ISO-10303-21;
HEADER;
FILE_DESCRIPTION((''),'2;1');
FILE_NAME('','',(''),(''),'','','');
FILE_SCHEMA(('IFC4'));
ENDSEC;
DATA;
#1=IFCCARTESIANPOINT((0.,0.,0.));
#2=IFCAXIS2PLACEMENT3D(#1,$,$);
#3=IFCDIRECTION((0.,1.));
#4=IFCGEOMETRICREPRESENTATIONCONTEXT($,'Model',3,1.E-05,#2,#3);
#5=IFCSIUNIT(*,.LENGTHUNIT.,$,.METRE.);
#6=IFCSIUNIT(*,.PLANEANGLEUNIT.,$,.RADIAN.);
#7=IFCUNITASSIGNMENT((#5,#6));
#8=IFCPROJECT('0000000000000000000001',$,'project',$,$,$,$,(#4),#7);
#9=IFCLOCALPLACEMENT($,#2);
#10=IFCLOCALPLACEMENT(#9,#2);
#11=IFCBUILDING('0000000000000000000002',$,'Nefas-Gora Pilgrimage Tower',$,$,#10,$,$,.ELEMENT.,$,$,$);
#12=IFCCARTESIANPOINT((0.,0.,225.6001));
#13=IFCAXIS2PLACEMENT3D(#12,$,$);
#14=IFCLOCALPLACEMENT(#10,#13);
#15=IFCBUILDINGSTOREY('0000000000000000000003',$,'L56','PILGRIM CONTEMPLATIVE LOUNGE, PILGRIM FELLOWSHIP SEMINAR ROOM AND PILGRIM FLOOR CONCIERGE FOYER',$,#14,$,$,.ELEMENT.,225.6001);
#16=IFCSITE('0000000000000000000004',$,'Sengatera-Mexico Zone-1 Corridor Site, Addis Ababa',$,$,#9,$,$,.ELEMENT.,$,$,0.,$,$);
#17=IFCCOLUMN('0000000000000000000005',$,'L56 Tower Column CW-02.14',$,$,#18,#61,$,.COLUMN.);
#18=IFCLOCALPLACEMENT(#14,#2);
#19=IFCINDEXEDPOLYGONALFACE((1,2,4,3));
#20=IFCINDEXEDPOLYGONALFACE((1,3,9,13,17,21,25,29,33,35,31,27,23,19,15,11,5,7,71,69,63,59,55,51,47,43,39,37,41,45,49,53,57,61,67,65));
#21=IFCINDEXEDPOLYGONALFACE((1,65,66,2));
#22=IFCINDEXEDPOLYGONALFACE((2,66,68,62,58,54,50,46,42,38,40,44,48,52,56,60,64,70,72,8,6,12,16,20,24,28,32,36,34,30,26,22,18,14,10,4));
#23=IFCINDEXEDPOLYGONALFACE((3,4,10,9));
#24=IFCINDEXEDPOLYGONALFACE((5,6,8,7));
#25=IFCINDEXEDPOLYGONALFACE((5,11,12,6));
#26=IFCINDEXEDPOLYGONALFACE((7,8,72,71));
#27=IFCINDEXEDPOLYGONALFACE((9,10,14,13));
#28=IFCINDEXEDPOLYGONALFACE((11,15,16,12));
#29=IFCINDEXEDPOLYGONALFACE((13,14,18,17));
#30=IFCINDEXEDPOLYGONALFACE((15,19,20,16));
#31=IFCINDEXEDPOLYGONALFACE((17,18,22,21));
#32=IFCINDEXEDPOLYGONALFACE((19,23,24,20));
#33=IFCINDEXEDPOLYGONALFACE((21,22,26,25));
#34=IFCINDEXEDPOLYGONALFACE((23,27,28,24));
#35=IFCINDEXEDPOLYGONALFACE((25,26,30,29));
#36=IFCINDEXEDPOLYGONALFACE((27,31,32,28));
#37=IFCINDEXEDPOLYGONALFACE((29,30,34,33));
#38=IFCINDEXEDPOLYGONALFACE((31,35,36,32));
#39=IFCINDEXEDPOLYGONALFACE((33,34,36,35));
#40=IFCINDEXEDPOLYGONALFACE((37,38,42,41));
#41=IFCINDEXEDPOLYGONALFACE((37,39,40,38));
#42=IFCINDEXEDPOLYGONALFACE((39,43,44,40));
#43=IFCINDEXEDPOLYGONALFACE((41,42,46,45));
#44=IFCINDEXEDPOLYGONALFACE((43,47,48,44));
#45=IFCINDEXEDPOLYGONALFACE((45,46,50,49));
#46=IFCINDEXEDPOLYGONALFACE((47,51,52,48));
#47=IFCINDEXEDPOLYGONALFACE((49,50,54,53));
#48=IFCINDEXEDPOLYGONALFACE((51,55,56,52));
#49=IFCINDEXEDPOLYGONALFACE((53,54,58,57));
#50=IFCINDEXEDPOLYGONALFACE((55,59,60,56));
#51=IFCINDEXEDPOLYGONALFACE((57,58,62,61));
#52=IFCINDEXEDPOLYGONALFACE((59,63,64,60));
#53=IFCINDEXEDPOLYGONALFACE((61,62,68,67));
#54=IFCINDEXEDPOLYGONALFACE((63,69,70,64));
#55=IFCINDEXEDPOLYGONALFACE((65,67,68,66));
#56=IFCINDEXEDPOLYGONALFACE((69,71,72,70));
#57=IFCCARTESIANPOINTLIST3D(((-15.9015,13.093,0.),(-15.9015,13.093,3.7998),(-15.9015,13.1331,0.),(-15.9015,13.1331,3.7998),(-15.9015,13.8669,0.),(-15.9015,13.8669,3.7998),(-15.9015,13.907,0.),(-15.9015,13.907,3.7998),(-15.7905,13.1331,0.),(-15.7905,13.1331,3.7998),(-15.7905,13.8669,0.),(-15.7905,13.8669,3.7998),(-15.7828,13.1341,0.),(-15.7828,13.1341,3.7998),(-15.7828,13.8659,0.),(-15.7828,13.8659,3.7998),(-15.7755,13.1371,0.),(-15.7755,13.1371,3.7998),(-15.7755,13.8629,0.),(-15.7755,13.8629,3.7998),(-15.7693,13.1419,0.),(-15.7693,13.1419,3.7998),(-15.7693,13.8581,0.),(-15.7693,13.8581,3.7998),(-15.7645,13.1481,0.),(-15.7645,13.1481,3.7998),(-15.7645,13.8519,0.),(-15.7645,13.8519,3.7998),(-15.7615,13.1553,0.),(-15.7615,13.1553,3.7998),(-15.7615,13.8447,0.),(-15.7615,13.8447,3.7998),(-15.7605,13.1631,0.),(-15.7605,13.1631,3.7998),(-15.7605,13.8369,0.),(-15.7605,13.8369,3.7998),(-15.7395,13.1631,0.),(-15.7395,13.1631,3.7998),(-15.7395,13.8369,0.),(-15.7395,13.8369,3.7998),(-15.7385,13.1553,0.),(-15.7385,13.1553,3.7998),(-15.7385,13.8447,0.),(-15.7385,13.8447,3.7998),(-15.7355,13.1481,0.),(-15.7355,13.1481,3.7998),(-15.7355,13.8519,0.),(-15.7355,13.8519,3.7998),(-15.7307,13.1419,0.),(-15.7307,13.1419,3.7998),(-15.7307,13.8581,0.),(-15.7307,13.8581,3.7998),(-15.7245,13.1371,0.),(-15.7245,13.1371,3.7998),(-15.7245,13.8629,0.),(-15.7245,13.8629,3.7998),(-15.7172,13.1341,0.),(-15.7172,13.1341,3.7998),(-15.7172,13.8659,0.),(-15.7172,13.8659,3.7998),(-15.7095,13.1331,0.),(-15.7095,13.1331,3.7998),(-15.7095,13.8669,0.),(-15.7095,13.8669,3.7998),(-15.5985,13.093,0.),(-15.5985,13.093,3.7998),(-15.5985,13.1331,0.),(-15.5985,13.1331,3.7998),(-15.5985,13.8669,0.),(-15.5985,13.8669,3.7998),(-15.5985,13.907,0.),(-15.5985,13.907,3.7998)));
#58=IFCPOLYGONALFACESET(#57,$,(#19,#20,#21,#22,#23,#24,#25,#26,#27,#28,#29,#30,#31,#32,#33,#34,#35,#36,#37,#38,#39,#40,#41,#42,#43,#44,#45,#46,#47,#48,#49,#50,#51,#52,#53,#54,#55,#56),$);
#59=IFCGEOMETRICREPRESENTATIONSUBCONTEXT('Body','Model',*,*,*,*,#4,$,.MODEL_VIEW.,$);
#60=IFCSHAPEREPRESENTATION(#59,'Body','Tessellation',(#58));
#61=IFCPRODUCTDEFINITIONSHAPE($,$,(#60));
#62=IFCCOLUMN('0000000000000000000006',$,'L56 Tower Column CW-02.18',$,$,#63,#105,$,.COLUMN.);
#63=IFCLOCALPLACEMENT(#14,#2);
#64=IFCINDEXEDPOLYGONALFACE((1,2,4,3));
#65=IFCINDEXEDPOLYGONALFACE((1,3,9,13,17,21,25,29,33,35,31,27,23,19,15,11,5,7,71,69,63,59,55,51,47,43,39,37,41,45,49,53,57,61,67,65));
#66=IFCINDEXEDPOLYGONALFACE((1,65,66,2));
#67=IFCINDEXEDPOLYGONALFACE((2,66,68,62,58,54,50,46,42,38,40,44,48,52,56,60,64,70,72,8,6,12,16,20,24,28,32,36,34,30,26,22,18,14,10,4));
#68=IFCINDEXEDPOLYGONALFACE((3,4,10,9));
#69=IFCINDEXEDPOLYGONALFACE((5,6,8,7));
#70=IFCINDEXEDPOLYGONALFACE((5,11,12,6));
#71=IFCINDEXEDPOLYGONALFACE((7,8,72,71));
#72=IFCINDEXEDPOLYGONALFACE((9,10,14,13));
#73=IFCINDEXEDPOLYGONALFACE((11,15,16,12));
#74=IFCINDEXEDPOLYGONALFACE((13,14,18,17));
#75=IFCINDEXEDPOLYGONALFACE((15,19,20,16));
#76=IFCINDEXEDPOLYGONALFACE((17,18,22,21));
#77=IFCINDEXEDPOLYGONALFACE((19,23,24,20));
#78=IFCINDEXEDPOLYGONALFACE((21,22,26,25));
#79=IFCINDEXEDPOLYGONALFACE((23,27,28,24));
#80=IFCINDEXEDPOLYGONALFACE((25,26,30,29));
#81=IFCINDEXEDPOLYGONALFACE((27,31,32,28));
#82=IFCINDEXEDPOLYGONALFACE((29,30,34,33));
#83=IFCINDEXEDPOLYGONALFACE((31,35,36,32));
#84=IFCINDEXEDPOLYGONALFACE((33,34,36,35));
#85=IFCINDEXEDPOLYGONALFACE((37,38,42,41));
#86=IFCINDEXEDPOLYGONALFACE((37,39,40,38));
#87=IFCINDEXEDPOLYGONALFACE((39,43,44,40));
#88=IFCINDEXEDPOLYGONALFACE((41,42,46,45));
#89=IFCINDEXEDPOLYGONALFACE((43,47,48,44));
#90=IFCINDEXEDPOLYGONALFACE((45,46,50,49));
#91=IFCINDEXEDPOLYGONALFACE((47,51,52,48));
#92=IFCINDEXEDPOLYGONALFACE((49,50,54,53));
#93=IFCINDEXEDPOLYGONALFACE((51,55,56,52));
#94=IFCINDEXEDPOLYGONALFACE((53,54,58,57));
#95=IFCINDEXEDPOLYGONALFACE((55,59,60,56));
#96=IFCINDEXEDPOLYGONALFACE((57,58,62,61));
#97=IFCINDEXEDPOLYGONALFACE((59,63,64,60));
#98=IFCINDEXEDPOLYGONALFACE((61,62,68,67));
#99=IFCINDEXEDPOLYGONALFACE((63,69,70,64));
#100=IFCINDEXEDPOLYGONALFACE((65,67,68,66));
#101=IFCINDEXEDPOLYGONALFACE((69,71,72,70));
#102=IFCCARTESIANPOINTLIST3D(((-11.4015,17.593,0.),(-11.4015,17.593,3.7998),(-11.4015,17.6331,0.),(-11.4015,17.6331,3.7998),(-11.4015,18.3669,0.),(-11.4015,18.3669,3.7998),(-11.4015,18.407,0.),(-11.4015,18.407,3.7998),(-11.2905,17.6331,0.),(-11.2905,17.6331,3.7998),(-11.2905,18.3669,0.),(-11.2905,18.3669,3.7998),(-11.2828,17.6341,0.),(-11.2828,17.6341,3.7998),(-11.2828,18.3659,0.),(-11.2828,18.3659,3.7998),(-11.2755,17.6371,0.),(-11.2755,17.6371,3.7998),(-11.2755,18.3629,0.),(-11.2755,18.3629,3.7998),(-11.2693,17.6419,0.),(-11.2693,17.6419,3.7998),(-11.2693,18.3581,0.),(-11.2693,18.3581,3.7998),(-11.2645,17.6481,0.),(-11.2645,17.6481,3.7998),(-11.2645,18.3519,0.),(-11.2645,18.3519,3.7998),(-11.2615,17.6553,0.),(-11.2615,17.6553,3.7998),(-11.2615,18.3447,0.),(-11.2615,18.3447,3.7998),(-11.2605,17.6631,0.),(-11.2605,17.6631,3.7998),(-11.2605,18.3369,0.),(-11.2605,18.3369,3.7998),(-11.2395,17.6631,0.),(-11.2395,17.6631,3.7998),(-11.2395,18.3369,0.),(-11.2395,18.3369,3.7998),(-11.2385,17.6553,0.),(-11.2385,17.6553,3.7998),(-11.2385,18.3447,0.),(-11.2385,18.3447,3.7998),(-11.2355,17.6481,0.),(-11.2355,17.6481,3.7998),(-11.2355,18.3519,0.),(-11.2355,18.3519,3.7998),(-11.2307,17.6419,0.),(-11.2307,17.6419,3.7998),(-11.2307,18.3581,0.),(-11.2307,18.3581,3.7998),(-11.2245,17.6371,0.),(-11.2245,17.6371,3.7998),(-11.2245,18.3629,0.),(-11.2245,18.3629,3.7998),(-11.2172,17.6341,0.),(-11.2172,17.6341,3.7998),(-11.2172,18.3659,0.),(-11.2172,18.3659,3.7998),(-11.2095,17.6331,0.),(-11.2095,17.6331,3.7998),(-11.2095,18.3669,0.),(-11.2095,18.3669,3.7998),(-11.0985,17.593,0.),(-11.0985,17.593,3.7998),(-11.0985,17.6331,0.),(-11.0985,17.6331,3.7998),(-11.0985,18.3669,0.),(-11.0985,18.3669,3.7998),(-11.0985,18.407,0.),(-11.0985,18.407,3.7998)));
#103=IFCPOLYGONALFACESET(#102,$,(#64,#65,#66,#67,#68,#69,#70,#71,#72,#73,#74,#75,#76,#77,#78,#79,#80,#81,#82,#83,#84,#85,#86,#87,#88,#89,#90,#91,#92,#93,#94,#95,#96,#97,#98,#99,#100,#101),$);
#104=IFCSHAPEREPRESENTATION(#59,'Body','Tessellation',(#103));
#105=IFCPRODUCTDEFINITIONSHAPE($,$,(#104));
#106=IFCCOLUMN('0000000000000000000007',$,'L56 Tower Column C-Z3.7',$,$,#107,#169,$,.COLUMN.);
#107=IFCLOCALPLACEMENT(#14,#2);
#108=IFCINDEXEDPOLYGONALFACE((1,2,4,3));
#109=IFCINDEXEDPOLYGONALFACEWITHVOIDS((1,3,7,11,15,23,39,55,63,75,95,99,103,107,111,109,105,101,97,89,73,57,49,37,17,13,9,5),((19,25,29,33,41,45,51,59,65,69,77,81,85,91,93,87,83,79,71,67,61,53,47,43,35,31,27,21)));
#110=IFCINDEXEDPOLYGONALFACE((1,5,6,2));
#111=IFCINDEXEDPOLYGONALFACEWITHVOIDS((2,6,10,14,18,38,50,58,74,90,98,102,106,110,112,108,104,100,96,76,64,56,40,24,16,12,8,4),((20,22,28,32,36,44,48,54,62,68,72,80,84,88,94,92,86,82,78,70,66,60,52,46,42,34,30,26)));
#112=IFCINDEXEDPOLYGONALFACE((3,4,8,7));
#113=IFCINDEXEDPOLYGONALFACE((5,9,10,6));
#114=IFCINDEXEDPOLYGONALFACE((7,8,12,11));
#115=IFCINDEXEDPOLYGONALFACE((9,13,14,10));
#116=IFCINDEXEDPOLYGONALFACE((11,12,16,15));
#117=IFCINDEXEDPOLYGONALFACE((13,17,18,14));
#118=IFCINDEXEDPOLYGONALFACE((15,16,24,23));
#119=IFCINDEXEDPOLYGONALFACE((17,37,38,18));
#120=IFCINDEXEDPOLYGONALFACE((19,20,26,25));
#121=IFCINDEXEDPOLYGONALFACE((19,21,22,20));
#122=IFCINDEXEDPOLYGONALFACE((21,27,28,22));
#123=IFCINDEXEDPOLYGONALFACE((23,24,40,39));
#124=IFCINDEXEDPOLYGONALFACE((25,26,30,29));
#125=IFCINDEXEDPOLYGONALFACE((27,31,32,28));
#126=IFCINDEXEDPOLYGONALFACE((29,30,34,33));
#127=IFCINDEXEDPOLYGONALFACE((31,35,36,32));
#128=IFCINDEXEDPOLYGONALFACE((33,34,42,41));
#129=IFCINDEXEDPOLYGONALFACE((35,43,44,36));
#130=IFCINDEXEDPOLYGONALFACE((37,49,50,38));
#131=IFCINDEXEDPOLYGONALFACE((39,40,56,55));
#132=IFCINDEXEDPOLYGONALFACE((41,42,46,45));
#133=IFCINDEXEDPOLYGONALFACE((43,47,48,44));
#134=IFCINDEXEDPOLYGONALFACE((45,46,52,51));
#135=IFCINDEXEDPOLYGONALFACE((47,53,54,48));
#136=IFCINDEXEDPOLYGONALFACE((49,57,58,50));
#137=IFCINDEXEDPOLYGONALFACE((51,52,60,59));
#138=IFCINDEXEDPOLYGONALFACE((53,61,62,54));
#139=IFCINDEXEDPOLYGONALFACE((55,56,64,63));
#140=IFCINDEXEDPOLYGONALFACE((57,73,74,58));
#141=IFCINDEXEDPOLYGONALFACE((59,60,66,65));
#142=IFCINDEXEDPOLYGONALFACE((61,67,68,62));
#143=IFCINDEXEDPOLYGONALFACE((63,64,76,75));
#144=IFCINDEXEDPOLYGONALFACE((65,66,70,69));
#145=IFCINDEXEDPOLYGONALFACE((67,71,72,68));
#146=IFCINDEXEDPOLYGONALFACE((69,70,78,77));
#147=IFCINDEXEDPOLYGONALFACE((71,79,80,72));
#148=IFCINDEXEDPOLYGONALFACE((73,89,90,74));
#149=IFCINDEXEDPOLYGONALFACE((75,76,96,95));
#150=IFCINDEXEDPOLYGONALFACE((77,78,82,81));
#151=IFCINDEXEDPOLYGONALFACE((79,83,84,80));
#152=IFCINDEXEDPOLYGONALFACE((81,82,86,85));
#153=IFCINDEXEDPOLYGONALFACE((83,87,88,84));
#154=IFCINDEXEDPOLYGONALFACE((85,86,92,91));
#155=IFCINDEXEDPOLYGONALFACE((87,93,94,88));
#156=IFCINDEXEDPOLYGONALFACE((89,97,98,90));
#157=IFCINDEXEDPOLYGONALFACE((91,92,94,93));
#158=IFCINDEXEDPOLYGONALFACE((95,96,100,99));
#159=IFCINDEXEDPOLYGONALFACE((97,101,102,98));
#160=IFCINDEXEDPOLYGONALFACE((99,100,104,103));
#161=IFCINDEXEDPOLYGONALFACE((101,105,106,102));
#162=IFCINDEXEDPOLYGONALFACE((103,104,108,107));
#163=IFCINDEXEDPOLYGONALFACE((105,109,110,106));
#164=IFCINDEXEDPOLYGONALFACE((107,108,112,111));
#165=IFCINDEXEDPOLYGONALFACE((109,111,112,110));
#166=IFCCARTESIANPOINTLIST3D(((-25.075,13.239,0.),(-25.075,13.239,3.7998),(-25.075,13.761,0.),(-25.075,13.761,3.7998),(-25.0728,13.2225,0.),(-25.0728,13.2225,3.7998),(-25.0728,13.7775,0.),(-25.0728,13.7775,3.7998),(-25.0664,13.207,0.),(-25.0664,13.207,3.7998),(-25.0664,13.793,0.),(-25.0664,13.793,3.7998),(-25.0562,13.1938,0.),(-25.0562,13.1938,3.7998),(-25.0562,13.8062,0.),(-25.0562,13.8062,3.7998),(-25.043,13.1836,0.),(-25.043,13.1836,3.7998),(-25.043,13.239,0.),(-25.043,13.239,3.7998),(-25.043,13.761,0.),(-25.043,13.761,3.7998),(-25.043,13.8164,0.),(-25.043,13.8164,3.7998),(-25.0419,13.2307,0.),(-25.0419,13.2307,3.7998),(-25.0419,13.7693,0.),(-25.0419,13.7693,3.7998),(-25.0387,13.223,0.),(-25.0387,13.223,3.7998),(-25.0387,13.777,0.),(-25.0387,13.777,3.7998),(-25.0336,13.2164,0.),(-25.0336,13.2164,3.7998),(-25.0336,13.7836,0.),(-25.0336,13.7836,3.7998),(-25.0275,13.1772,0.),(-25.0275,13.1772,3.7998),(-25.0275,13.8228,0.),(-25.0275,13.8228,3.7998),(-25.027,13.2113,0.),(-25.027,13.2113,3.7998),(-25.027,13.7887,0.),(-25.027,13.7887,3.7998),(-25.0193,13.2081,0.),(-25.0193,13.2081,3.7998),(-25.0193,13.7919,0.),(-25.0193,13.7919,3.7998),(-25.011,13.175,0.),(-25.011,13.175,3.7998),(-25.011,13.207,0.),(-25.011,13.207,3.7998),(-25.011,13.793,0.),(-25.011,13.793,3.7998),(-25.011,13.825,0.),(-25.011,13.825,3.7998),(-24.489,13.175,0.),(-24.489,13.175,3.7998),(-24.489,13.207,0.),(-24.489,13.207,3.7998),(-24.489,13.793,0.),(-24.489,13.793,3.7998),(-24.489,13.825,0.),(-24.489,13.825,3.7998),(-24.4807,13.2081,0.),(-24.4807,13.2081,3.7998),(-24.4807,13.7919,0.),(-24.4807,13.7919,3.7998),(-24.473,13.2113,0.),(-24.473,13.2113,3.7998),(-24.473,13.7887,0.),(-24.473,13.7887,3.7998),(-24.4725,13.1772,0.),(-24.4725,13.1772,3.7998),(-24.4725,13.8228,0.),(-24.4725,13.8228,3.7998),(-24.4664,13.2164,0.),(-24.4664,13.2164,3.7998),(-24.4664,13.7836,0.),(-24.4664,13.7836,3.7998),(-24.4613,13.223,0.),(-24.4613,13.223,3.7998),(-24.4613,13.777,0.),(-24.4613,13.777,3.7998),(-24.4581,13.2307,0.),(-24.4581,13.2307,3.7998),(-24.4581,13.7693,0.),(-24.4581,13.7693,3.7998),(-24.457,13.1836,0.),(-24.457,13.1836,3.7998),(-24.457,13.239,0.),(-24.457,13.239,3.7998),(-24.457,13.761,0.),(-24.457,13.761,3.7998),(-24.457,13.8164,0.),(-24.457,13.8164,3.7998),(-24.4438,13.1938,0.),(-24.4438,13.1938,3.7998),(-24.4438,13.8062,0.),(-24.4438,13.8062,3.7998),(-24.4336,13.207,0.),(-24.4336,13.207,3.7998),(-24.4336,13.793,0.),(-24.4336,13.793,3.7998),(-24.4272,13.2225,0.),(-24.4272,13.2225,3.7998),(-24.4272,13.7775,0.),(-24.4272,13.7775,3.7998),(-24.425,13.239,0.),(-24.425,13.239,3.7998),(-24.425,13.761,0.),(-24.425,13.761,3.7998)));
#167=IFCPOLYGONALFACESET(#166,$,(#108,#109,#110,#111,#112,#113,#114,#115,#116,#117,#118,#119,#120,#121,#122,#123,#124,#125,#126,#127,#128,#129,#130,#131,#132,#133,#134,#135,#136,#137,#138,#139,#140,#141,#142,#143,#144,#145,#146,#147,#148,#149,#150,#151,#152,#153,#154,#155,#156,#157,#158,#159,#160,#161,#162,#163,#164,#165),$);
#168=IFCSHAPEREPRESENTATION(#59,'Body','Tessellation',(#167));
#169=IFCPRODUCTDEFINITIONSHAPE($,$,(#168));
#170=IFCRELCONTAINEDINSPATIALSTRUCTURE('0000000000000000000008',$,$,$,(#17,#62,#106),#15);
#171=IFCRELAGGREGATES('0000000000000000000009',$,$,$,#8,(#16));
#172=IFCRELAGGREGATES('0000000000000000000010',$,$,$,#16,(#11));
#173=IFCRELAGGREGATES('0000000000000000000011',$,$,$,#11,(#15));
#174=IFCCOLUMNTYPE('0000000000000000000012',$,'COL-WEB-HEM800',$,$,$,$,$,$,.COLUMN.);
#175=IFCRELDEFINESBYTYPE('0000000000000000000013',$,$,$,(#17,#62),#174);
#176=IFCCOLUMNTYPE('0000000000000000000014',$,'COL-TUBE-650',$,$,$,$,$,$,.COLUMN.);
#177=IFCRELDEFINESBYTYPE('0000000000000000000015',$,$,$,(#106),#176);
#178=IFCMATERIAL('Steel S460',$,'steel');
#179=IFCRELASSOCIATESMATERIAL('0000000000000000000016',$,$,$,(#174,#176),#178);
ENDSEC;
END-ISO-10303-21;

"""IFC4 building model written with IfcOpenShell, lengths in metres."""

from ifc_helpers import new_model, si_unit, direction, frame, origin, origin_2d, place, context, subcontext, project, spatial, hollow_rectangle, i_section, extrude, source, transform, mapped, material, material_profile, profile_set, type_object, element, save


model = new_model("IFC4")

# Units and contexts
model_context = context("Model", 3, precision=1e-05, world=origin(), true_north=direction((0.0, 1.0)))
body_context = subcontext(model_context, "Body", "Model", "MODEL_VIEW")
ifc_project = project(units=[si_unit("LENGTHUNIT", "METRE"), si_unit("PLANEANGLEUNIT", "RADIAN")], contexts=[model_context])

# Site, building, storey
site_placement = place(None, origin())
site = spatial("IfcSite", under=ifc_project, at=site_placement, Name="Sengatera-Mexico Zone-1 Corridor Site, Addis Ababa", CompositionType="ELEMENT", RefElevation=0.0)
building_placement = place(site_placement, origin())
building = spatial("IfcBuilding", under=site, at=building_placement, Name="Nefas-Gora Pilgrimage Tower", CompositionType="ELEMENT")
storey_placement = place(building_placement, frame((0.0, 0.0, 225.6001)))
storey = spatial("IfcBuildingStorey", under=building, at=storey_placement, Name="L56", Description="PILGRIM CONTEMPLATIVE LOUNGE, PILGRIM FELLOWSHIP SEMINAR ROOM AND PILGRIM FLOOR CONCIERGE FOYER", CompositionType="ELEMENT", Elevation=225.6001)

# Columns
ifc_material_1 = material(Name="Steel S460", Category="steel")
ifc_material_profile_1 = material_profile(ifc_material_1, i_section(OverallWidth=0.303, OverallDepth=0.814, WebThickness=0.021, FlangeThickness=0.04, FilletRadius=0.03, at=origin_2d()), Name="HEM 800")
ifc_profile_set_1 = profile_set([ifc_material_profile_1], Name="Steel S460")
column_type_1 = type_object("IfcColumnType", Name="COL-WEB-HEM800", PredefinedType="COLUMN", material=ifc_profile_set_1)
shared_shape_1 = source(origin(), body_context, "Body", "SweptSolid", [
    extrude(i_section(OverallWidth=0.303, OverallDepth=0.814, WebThickness=0.021, FlangeThickness=0.04, FilletRadius=0.03, at=origin_2d()), origin(), (0.0, 0.0, 1.0), 3.7998),
])
for number, where, z_axis, x_axis, name in (
    (1, (-15.75, 13.5, 0.0), (0.0, 0.0, 1.0), (1.0, 0.0, 0.0), "L56 Tower Column CW-02.14"),
    (2, (-11.25, 18.0, 0.0), (0.0, 0.0, 1.0), (1.0, 0.0, 0.0), "L56 Tower Column CW-02.18"),
):
    element("IfcColumn", number, at=place(storey_placement, frame(where, z_axis=z_axis, x_axis=x_axis)), inside=storey, type_object=column_type_1, Name=name, PredefinedType="COLUMN", context=body_context, shape_type="MappedRepresentation", body=[
        mapped(shared_shape_1, transform((0.0, 0.0, 0.0), x_axis=(1.0, 0.0, 0.0), y_axis=(0.0, 1.0, 0.0), z_axis=(0.0, 0.0, 1.0), scale=1.0)),
    ])
ifc_material_profile_2 = material_profile(ifc_material_1, hollow_rectangle(XDim=0.6499, YDim=0.6499, WallThickness=0.032, InnerFilletRadius=0.032, OuterFilletRadius=0.064, at=origin_2d()), Name="BOX 650x650x32")
ifc_profile_set_2 = profile_set([ifc_material_profile_2], Name="Steel S460")
column_type_2 = type_object("IfcColumnType", Name="COL-TUBE-650", PredefinedType="COLUMN", material=ifc_profile_set_2)
shared_shape_2 = source(origin(), body_context, "Body", "SweptSolid", [
    extrude(hollow_rectangle(XDim=0.6499, YDim=0.6499, WallThickness=0.032, InnerFilletRadius=0.032, OuterFilletRadius=0.064, at=origin_2d()), origin(), (0.0, 0.0, 1.0), 3.7998),
])
column_placement = place(storey_placement, frame((-24.75, 13.5, 0.0), z_axis=(0.0, 0.0, 1.0), x_axis=(1.0, 0.0, 0.0)))
element("IfcColumn", 3, at=column_placement, inside=storey, type_object=column_type_2, Name="L56 Tower Column C-Z3.7", PredefinedType="COLUMN", context=body_context, shape_type="MappedRepresentation", body=[
    mapped(shared_shape_2, transform((0.0, 0.0, 0.0), x_axis=(1.0, 0.0, 0.0), y_axis=(0.0, 1.0, 0.0), z_axis=(0.0, 0.0, 1.0), scale=1.0)),
])

save(model, "model.ifc")
